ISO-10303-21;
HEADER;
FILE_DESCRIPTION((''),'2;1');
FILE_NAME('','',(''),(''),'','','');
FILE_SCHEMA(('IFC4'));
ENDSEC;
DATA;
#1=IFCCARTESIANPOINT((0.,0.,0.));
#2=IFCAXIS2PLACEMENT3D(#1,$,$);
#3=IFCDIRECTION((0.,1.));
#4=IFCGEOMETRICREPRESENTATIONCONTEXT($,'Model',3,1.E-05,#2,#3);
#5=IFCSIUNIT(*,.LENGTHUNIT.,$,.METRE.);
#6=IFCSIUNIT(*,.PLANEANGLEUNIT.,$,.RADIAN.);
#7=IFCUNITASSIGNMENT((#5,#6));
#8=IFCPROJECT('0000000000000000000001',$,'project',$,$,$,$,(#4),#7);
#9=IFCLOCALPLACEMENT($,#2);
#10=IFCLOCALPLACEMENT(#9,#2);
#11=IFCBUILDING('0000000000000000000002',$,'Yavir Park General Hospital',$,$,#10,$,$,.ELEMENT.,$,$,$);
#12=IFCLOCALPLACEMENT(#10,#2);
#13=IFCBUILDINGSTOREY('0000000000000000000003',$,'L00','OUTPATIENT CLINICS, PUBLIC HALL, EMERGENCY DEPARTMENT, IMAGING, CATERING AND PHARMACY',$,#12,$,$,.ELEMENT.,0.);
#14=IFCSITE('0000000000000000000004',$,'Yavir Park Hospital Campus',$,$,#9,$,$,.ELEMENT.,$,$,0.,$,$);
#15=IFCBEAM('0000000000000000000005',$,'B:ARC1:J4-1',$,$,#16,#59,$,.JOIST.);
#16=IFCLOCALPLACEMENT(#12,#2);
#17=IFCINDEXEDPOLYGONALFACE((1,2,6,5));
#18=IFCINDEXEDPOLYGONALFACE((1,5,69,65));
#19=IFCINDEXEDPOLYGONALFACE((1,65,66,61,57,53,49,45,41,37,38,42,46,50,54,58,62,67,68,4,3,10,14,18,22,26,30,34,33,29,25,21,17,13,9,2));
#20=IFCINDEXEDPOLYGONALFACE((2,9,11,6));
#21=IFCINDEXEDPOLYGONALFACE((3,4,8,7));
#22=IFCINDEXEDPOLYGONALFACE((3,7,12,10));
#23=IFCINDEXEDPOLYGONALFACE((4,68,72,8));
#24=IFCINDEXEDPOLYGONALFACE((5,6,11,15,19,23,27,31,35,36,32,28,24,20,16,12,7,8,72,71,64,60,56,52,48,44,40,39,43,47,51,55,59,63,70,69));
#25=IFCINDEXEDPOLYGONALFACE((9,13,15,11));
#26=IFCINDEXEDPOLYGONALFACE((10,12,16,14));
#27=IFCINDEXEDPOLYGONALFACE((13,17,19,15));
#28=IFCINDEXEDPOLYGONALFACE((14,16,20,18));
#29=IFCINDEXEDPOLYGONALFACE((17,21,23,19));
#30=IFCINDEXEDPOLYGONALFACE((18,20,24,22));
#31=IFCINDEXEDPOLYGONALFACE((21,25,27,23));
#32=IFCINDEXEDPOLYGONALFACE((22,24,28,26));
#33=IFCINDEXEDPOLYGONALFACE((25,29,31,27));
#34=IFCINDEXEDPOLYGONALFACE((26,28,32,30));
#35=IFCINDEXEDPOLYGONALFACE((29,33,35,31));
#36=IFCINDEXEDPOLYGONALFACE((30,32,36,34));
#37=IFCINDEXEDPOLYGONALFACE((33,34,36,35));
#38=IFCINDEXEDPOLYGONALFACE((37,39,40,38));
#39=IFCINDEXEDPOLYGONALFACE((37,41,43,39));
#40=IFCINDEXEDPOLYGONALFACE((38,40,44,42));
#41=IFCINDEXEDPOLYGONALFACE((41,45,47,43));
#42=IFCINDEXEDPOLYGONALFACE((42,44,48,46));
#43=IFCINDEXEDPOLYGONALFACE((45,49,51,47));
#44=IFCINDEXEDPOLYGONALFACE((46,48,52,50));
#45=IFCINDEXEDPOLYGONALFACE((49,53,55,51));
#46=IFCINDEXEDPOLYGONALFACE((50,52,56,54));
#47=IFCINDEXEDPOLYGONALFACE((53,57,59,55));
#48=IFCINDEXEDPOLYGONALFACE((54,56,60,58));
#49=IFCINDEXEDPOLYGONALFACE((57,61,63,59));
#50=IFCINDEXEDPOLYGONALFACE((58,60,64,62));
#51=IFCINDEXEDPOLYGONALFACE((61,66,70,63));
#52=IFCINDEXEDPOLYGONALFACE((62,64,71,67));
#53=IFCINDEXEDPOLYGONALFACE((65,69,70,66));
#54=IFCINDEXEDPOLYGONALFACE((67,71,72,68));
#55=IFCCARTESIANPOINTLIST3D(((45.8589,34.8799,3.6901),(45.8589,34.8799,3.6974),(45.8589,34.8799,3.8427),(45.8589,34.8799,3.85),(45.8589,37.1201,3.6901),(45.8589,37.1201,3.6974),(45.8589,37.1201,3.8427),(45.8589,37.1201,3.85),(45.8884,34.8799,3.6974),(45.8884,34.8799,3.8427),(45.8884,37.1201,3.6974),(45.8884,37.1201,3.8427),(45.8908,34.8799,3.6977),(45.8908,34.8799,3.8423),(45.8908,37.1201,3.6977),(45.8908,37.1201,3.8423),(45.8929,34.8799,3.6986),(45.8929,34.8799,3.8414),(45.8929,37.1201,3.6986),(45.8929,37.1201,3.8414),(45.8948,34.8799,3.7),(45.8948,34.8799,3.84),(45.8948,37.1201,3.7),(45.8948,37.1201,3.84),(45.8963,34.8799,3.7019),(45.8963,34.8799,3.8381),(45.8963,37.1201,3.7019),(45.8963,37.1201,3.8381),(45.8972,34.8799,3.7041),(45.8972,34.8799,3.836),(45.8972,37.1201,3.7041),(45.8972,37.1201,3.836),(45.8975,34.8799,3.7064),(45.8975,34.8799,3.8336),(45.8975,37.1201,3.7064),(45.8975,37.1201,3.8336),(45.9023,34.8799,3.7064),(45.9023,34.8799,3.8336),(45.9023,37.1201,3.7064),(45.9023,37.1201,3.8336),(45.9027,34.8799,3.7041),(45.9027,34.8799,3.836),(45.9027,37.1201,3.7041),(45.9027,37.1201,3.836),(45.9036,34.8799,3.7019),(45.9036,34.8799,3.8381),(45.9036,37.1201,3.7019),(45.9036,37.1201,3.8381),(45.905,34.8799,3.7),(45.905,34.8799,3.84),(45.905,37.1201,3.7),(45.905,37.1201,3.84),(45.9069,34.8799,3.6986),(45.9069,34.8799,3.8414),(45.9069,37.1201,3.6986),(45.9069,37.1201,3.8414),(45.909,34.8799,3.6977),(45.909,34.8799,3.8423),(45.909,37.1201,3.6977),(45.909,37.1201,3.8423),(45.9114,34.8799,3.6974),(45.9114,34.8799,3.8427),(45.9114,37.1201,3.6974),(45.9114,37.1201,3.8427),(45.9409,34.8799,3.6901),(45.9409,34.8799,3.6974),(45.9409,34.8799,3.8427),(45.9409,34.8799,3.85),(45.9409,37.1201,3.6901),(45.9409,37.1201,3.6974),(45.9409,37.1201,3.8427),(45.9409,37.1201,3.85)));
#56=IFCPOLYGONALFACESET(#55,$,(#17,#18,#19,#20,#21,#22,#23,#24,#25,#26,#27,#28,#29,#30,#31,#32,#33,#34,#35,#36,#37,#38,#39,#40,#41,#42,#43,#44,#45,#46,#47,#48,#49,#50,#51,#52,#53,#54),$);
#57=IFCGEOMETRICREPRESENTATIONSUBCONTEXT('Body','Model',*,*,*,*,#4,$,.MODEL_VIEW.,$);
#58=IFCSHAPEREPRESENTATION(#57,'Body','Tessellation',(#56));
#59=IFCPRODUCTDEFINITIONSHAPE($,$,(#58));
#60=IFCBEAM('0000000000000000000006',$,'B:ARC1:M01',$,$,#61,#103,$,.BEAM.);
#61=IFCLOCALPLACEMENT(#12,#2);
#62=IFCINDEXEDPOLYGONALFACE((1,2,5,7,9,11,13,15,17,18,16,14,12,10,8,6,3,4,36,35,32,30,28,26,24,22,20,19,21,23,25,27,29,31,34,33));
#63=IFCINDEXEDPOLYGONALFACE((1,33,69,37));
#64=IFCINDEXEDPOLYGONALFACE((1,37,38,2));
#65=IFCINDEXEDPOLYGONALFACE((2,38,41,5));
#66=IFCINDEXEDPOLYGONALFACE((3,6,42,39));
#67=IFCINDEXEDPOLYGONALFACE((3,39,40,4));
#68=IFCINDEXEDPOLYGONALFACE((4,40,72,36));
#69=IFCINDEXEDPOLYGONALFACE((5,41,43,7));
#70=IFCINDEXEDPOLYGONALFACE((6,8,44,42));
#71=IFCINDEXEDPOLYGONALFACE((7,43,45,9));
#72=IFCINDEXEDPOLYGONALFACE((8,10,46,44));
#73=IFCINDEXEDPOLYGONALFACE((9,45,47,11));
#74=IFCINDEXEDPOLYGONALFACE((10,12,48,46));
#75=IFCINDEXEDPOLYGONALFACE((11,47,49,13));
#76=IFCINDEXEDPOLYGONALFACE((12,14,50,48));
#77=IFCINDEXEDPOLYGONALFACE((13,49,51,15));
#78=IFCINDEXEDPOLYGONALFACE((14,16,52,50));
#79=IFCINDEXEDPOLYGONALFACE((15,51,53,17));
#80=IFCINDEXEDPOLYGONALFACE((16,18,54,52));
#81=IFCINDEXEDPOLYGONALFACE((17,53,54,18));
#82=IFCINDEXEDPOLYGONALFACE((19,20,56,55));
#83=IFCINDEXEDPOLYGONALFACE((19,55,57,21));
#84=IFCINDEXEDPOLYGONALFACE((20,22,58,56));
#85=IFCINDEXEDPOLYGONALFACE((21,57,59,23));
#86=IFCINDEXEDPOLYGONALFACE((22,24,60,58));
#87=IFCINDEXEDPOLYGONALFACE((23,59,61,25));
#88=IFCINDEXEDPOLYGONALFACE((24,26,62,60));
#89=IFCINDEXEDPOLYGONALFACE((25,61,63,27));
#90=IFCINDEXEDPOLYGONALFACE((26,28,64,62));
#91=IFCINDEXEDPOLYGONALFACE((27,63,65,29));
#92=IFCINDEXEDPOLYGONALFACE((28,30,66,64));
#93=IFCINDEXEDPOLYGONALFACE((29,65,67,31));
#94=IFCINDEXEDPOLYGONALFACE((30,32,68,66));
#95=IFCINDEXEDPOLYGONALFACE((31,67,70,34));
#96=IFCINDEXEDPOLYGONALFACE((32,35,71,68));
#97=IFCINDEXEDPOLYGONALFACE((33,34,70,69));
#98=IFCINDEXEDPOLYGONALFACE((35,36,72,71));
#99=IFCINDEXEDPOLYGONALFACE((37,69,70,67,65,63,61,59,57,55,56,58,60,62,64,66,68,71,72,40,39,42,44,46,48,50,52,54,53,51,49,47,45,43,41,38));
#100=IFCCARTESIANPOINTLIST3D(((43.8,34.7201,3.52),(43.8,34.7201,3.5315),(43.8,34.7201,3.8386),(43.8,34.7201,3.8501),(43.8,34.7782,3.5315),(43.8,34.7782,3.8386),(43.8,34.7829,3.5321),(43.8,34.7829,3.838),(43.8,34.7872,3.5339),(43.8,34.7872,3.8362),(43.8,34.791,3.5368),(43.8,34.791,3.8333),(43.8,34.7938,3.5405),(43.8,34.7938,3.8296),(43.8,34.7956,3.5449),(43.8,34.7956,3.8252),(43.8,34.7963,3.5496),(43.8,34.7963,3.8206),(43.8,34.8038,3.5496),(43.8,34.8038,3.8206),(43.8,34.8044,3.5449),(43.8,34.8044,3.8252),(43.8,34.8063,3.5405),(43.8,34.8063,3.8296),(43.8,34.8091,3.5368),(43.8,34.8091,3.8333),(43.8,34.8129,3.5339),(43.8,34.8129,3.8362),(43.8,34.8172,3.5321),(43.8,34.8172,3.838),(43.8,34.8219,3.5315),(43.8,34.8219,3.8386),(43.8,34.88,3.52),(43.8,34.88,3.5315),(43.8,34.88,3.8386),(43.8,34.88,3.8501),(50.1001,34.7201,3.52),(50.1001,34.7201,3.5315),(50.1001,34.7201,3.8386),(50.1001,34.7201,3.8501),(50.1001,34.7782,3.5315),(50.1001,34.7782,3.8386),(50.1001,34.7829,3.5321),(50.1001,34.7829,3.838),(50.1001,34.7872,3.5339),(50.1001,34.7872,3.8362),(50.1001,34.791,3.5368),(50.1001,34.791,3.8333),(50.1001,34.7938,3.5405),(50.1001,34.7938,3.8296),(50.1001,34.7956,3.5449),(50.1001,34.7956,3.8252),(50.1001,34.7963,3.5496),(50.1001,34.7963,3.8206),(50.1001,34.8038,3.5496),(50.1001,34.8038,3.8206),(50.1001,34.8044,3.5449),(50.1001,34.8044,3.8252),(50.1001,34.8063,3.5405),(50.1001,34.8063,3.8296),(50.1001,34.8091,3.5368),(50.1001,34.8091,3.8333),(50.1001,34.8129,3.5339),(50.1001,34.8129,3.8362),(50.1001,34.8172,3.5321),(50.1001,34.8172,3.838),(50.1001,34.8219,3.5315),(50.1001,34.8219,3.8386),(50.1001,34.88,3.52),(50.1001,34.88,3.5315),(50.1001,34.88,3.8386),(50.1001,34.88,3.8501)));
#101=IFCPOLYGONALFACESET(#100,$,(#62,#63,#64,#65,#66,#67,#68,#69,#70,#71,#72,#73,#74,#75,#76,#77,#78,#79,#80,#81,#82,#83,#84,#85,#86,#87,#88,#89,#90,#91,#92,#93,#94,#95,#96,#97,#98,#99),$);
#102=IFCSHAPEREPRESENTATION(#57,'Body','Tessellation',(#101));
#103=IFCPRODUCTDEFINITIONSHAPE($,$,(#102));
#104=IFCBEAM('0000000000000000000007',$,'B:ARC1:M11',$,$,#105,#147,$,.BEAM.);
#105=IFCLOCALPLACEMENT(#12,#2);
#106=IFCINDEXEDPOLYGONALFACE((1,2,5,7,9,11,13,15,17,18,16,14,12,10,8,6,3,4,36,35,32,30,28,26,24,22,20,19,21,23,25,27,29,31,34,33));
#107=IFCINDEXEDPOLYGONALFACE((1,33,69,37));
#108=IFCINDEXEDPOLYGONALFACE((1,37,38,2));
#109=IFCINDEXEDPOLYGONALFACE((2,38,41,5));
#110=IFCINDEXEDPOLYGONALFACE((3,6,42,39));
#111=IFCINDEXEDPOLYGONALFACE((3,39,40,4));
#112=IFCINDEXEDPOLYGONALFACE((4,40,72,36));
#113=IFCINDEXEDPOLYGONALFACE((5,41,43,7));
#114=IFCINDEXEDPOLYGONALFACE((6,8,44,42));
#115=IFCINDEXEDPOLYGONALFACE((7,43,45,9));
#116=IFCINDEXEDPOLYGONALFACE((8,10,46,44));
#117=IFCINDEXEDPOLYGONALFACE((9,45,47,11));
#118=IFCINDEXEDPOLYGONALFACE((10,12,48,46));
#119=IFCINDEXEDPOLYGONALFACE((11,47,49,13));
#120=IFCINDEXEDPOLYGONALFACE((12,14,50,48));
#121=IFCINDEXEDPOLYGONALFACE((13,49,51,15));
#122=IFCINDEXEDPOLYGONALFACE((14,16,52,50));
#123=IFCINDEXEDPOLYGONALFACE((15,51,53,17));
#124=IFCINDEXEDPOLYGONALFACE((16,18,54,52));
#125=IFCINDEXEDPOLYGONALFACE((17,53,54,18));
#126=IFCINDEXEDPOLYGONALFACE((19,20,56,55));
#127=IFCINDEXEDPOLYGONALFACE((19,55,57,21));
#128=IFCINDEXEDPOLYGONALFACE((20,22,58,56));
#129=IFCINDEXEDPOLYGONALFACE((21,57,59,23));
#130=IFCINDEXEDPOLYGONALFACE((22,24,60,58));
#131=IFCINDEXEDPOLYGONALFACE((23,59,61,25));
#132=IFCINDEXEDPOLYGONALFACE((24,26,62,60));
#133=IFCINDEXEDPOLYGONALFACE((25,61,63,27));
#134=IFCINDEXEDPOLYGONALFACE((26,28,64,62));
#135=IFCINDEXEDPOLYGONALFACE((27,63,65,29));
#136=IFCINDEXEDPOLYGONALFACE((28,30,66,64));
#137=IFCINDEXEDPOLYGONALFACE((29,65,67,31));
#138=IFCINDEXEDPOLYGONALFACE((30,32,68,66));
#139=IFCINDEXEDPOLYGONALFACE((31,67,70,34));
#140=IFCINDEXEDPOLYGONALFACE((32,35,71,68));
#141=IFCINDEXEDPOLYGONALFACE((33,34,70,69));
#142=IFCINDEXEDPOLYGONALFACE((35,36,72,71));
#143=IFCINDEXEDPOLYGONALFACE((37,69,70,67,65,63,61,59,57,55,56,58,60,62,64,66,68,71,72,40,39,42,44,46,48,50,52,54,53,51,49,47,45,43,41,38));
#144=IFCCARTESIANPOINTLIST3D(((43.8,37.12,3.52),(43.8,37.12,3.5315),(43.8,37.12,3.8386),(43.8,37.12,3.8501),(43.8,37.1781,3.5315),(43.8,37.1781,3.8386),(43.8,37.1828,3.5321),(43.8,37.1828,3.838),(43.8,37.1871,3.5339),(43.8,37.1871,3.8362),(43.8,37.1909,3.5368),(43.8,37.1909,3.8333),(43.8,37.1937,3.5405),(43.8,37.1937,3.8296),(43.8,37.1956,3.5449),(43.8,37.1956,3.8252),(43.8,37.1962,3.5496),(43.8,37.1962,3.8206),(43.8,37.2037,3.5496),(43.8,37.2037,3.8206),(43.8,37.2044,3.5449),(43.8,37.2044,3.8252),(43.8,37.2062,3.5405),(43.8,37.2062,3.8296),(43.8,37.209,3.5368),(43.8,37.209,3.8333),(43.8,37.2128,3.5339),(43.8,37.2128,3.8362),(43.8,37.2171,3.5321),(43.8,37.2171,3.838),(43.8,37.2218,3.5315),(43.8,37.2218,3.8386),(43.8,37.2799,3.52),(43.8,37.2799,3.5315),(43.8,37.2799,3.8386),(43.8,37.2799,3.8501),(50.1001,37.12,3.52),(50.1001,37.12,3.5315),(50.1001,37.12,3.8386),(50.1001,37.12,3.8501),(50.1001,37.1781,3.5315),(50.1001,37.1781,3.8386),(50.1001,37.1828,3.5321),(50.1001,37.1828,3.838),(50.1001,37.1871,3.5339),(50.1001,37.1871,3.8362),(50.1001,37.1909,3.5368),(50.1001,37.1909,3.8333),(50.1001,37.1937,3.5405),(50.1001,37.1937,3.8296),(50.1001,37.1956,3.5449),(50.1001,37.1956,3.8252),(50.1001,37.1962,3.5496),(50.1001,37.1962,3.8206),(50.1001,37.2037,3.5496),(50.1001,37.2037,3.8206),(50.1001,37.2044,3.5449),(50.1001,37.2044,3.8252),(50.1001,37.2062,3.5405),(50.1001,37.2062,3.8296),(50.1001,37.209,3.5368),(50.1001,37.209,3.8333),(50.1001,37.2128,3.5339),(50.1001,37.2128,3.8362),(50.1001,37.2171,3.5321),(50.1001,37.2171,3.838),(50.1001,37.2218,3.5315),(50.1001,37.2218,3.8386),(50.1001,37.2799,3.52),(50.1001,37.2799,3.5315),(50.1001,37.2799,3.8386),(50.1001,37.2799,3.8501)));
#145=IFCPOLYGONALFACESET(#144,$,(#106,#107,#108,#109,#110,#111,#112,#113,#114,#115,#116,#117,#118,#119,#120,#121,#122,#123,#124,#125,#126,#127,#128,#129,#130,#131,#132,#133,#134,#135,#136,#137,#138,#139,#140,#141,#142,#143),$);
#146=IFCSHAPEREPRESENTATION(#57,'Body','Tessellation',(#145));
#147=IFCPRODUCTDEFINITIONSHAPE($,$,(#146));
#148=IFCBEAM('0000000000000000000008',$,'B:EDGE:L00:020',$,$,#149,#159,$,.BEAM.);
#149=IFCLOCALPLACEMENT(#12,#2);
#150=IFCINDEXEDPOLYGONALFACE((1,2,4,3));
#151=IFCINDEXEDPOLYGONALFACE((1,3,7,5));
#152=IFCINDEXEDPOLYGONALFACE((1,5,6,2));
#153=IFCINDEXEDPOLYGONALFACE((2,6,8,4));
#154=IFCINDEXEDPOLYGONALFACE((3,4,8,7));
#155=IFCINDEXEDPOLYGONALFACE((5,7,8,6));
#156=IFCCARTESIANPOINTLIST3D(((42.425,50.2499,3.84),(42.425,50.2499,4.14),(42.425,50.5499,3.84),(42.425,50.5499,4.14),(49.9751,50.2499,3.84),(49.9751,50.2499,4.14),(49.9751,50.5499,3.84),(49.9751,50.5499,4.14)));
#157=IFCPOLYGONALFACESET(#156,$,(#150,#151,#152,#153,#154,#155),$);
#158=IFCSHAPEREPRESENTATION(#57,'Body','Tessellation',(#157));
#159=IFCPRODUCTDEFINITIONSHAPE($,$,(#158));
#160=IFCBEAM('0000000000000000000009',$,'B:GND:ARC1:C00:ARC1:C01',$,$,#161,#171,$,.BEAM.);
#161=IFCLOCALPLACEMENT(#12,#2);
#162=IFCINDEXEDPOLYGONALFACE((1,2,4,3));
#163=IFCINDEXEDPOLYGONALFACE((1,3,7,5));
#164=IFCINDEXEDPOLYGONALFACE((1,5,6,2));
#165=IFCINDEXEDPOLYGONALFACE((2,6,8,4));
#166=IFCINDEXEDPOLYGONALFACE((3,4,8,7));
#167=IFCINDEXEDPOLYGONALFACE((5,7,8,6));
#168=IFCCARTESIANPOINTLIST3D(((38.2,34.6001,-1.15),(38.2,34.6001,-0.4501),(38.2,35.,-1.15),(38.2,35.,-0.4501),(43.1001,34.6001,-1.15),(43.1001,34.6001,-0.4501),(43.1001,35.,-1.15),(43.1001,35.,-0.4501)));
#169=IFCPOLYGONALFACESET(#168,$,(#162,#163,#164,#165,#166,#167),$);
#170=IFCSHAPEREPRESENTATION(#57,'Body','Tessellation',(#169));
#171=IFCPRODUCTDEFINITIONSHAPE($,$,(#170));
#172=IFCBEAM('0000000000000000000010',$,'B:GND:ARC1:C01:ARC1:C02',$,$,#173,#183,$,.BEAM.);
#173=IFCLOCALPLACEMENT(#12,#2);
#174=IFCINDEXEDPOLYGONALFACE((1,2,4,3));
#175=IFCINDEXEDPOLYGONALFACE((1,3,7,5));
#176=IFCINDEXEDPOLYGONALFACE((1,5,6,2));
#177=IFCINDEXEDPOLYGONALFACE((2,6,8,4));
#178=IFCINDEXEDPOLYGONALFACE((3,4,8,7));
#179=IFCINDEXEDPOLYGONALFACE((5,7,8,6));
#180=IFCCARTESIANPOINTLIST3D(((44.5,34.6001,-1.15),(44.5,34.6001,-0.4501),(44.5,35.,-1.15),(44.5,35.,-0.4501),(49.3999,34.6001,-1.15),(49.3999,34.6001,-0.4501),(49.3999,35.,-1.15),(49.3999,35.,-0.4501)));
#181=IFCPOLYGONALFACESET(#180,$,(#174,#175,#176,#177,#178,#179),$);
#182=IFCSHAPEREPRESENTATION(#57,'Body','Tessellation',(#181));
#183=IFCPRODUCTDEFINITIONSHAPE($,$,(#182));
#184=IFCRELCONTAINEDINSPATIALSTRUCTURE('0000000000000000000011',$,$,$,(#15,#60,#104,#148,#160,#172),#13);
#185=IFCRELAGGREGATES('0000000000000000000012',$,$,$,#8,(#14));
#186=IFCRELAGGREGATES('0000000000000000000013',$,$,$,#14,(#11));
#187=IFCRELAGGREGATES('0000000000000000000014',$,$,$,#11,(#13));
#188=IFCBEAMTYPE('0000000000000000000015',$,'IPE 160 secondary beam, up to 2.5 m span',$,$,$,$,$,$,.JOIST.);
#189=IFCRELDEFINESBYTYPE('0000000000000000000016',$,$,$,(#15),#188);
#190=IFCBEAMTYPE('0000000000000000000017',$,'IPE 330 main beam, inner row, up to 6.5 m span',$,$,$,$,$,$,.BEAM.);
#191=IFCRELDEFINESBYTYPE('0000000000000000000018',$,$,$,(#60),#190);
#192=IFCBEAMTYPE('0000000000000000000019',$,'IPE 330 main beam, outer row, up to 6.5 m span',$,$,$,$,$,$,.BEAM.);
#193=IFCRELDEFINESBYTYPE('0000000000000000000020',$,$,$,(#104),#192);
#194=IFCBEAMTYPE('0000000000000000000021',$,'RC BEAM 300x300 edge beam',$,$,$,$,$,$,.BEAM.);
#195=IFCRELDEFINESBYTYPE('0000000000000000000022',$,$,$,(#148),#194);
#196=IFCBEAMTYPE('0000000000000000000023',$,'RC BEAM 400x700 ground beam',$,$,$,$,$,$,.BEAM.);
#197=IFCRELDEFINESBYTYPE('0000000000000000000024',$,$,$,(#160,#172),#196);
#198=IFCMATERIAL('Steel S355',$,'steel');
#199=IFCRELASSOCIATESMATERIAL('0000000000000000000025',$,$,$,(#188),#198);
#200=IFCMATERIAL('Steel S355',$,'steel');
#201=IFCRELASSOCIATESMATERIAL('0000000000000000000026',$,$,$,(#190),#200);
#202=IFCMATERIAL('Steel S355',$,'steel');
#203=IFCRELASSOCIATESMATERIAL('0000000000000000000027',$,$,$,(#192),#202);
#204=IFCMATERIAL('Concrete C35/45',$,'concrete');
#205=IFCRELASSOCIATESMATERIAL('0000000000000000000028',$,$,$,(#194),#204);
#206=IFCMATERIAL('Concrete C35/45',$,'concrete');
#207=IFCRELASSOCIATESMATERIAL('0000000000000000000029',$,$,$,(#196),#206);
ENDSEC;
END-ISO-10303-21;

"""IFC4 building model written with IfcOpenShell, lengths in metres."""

from ifc_helpers import new_model, si_unit, direction, frame, origin, origin_2d, place, context, subcontext, project, spatial, rectangle, i_section, extrude, material, material_profile, profile_set, type_object, element, save


model = new_model("IFC4")

# Units and contexts
model_context = context("Model", 3, precision=1e-05, world=origin(), true_north=direction((0.0, 1.0)))
body_context = subcontext(model_context, "Body", "Model", "MODEL_VIEW")
ifc_project = project(units=[si_unit("LENGTHUNIT", "METRE"), si_unit("PLANEANGLEUNIT", "RADIAN")], contexts=[model_context])

# Site, building, storey
site_placement = place(None, origin())
site = spatial("IfcSite", under=ifc_project, at=site_placement, Name="Yavir Park Hospital Campus", CompositionType="ELEMENT", RefElevation=0.0)
building_placement = place(site_placement, origin())
building = spatial("IfcBuilding", under=site, at=building_placement, Name="Yavir Park General Hospital", CompositionType="ELEMENT")
storey_placement = place(building_placement, origin())
storey = spatial("IfcBuildingStorey", under=building, at=storey_placement, Name="L00", Description="OUTPATIENT CLINICS, PUBLIC HALL, EMERGENCY DEPARTMENT, IMAGING, CATERING AND PHARMACY", CompositionType="ELEMENT", Elevation=0.0)

# Beams
ifc_material_1 = material(Name="Steel S355", Category="steel")
ifc_material_profile_1 = material_profile(ifc_material_1, i_section(OverallWidth=0.082, OverallDepth=0.1599, WebThickness=0.0049, FlangeThickness=0.0073, FilletRadius=0.009, at=origin_2d()), Name="IPE160")
ifc_profile_set_1 = profile_set([ifc_material_profile_1], Name="Steel S355")
beam_type_1 = type_object("IfcBeamType", Name="IPE 160 secondary beam, up to 2.5 m span", PredefinedType="JOIST", material=ifc_profile_set_1)
for number, where, z_axis, x_axis, name in (
    (1, (45.8999, 34.8799, 3.77), (0.0, 1.0, 0.0), (-1.0, 0.0, 0.0), "B:ARC1:J4-1"),
):
    element("IfcBeam", number, at=place(storey_placement, frame(where, z_axis=z_axis, x_axis=x_axis)), inside=storey, type_object=beam_type_1, Name=name, PredefinedType="JOIST", context=body_context, shape_type="SweptSolid", body=[
        extrude(i_section(OverallWidth=0.082, OverallDepth=0.1599, WebThickness=0.0049, FlangeThickness=0.0073, FilletRadius=0.009, at=origin_2d()), origin(), (0.0, 0.0, 1.0), 2.2402),
    ])
ifc_material_2 = material(Name="Steel S355", Category="steel")
ifc_material_profile_2 = material_profile(ifc_material_2, i_section(OverallWidth=0.1599, OverallDepth=0.3301, WebThickness=0.0076, FlangeThickness=0.0115, FilletRadius=0.0181, at=origin_2d()), Name="IPE330")
ifc_profile_set_2 = profile_set([ifc_material_profile_2], Name="Steel S355")
beam_type_2 = type_object("IfcBeamType", Name="IPE 330 main beam, inner row, up to 6.5 m span", PredefinedType="BEAM", material=ifc_profile_set_2)
beam_1_placement = place(storey_placement, frame((43.8, 34.8, 3.6851), z_axis=(1.0, 0.0, 0.0), x_axis=(0.0, 1.0, 0.0)))
element("IfcBeam", 2, at=beam_1_placement, inside=storey, type_object=beam_type_2, Name="B:ARC1:M01", PredefinedType="BEAM", context=body_context, shape_type="SweptSolid", body=[
    extrude(i_section(OverallWidth=0.1599, OverallDepth=0.3301, WebThickness=0.0076, FlangeThickness=0.0115, FilletRadius=0.0181, at=origin_2d()), origin(), (0.0, 0.0, 1.0), 6.3),
])
ifc_material_3 = material(Name="Steel S355", Category="steel")
ifc_material_profile_3 = material_profile(ifc_material_3, i_section(OverallWidth=0.1599, OverallDepth=0.3301, WebThickness=0.0076, FlangeThickness=0.0115, FilletRadius=0.0181, at=origin_2d()), Name="IPE330")
ifc_profile_set_3 = profile_set([ifc_material_profile_3], Name="Steel S355")
beam_type_3 = type_object("IfcBeamType", Name="IPE 330 main beam, outer row, up to 6.5 m span", PredefinedType="BEAM", material=ifc_profile_set_3)
beam_2_placement = place(storey_placement, frame((43.8, 37.2, 3.6851), z_axis=(1.0, 0.0, 0.0), x_axis=(0.0, 1.0, 0.0)))
element("IfcBeam", 3, at=beam_2_placement, inside=storey, type_object=beam_type_3, Name="B:ARC1:M11", PredefinedType="BEAM", context=body_context, shape_type="SweptSolid", body=[
    extrude(i_section(OverallWidth=0.1599, OverallDepth=0.3301, WebThickness=0.0076, FlangeThickness=0.0115, FilletRadius=0.0181, at=origin_2d()), origin(), (0.0, 0.0, 1.0), 6.3),
])
ifc_material_4 = material(Name="Concrete C35/45", Category="concrete")
ifc_material_profile_4 = material_profile(ifc_material_4, rectangle(XDim=0.3, YDim=0.3, at=origin_2d()), Name="RC300x300")
ifc_profile_set_4 = profile_set([ifc_material_profile_4], Name="Concrete C35/45")
beam_type_4 = type_object("IfcBeamType", Name="RC BEAM 300x300 edge beam", PredefinedType="BEAM", material=ifc_profile_set_4)
beam_3_placement = place(storey_placement, frame((42.425, 50.3999, 3.99), z_axis=(1.0, 0.0, 0.0), x_axis=(0.0, 1.0, 0.0)))
element("IfcBeam", 4, at=beam_3_placement, inside=storey, type_object=beam_type_4, Name="B:EDGE:L00:020", PredefinedType="BEAM", context=body_context, shape_type="SweptSolid", body=[
    extrude(rectangle(XDim=0.3, YDim=0.3, at=origin_2d()), origin(), (0.0, 0.0, 1.0), 7.55),
])
ifc_material_5 = material(Name="Concrete C35/45", Category="concrete")
ifc_material_profile_5 = material_profile(ifc_material_5, rectangle(XDim=0.3999, YDim=0.7, at=origin_2d()), Name="RC400x700")
ifc_profile_set_5 = profile_set([ifc_material_profile_5], Name="Concrete C35/45")
beam_type_5 = type_object("IfcBeamType", Name="RC BEAM 400x700 ground beam", PredefinedType="BEAM", material=ifc_profile_set_5)
beam_4_placement = place(storey_placement, frame((38.2, 34.8, -0.8), z_axis=(1.0, 0.0, 0.0), x_axis=(0.0, 1.0, 0.0)))
element("IfcBeam", 5, at=beam_4_placement, inside=storey, type_object=beam_type_5, Name="B:GND:ARC1:C00:ARC1:C01", PredefinedType="BEAM", context=body_context, shape_type="SweptSolid", body=[
    extrude(rectangle(XDim=0.3999, YDim=0.7, at=origin_2d()), origin(), (0.0, 0.0, 1.0), 4.9001),
])
beam_5_placement = place(storey_placement, frame((44.5, 34.8, -0.8), z_axis=(1.0, 0.0, 0.0), x_axis=(0.0, 1.0, 0.0)))
element("IfcBeam", 6, at=beam_5_placement, inside=storey, type_object=beam_type_5, Name="B:GND:ARC1:C01:ARC1:C02", PredefinedType="BEAM", context=body_context, shape_type="SweptSolid", body=[
    extrude(rectangle(XDim=0.3999, YDim=0.7, at=origin_2d()), origin(), (0.0, 0.0, 1.0), 4.8999),
])

save(model, "model.ifc")
